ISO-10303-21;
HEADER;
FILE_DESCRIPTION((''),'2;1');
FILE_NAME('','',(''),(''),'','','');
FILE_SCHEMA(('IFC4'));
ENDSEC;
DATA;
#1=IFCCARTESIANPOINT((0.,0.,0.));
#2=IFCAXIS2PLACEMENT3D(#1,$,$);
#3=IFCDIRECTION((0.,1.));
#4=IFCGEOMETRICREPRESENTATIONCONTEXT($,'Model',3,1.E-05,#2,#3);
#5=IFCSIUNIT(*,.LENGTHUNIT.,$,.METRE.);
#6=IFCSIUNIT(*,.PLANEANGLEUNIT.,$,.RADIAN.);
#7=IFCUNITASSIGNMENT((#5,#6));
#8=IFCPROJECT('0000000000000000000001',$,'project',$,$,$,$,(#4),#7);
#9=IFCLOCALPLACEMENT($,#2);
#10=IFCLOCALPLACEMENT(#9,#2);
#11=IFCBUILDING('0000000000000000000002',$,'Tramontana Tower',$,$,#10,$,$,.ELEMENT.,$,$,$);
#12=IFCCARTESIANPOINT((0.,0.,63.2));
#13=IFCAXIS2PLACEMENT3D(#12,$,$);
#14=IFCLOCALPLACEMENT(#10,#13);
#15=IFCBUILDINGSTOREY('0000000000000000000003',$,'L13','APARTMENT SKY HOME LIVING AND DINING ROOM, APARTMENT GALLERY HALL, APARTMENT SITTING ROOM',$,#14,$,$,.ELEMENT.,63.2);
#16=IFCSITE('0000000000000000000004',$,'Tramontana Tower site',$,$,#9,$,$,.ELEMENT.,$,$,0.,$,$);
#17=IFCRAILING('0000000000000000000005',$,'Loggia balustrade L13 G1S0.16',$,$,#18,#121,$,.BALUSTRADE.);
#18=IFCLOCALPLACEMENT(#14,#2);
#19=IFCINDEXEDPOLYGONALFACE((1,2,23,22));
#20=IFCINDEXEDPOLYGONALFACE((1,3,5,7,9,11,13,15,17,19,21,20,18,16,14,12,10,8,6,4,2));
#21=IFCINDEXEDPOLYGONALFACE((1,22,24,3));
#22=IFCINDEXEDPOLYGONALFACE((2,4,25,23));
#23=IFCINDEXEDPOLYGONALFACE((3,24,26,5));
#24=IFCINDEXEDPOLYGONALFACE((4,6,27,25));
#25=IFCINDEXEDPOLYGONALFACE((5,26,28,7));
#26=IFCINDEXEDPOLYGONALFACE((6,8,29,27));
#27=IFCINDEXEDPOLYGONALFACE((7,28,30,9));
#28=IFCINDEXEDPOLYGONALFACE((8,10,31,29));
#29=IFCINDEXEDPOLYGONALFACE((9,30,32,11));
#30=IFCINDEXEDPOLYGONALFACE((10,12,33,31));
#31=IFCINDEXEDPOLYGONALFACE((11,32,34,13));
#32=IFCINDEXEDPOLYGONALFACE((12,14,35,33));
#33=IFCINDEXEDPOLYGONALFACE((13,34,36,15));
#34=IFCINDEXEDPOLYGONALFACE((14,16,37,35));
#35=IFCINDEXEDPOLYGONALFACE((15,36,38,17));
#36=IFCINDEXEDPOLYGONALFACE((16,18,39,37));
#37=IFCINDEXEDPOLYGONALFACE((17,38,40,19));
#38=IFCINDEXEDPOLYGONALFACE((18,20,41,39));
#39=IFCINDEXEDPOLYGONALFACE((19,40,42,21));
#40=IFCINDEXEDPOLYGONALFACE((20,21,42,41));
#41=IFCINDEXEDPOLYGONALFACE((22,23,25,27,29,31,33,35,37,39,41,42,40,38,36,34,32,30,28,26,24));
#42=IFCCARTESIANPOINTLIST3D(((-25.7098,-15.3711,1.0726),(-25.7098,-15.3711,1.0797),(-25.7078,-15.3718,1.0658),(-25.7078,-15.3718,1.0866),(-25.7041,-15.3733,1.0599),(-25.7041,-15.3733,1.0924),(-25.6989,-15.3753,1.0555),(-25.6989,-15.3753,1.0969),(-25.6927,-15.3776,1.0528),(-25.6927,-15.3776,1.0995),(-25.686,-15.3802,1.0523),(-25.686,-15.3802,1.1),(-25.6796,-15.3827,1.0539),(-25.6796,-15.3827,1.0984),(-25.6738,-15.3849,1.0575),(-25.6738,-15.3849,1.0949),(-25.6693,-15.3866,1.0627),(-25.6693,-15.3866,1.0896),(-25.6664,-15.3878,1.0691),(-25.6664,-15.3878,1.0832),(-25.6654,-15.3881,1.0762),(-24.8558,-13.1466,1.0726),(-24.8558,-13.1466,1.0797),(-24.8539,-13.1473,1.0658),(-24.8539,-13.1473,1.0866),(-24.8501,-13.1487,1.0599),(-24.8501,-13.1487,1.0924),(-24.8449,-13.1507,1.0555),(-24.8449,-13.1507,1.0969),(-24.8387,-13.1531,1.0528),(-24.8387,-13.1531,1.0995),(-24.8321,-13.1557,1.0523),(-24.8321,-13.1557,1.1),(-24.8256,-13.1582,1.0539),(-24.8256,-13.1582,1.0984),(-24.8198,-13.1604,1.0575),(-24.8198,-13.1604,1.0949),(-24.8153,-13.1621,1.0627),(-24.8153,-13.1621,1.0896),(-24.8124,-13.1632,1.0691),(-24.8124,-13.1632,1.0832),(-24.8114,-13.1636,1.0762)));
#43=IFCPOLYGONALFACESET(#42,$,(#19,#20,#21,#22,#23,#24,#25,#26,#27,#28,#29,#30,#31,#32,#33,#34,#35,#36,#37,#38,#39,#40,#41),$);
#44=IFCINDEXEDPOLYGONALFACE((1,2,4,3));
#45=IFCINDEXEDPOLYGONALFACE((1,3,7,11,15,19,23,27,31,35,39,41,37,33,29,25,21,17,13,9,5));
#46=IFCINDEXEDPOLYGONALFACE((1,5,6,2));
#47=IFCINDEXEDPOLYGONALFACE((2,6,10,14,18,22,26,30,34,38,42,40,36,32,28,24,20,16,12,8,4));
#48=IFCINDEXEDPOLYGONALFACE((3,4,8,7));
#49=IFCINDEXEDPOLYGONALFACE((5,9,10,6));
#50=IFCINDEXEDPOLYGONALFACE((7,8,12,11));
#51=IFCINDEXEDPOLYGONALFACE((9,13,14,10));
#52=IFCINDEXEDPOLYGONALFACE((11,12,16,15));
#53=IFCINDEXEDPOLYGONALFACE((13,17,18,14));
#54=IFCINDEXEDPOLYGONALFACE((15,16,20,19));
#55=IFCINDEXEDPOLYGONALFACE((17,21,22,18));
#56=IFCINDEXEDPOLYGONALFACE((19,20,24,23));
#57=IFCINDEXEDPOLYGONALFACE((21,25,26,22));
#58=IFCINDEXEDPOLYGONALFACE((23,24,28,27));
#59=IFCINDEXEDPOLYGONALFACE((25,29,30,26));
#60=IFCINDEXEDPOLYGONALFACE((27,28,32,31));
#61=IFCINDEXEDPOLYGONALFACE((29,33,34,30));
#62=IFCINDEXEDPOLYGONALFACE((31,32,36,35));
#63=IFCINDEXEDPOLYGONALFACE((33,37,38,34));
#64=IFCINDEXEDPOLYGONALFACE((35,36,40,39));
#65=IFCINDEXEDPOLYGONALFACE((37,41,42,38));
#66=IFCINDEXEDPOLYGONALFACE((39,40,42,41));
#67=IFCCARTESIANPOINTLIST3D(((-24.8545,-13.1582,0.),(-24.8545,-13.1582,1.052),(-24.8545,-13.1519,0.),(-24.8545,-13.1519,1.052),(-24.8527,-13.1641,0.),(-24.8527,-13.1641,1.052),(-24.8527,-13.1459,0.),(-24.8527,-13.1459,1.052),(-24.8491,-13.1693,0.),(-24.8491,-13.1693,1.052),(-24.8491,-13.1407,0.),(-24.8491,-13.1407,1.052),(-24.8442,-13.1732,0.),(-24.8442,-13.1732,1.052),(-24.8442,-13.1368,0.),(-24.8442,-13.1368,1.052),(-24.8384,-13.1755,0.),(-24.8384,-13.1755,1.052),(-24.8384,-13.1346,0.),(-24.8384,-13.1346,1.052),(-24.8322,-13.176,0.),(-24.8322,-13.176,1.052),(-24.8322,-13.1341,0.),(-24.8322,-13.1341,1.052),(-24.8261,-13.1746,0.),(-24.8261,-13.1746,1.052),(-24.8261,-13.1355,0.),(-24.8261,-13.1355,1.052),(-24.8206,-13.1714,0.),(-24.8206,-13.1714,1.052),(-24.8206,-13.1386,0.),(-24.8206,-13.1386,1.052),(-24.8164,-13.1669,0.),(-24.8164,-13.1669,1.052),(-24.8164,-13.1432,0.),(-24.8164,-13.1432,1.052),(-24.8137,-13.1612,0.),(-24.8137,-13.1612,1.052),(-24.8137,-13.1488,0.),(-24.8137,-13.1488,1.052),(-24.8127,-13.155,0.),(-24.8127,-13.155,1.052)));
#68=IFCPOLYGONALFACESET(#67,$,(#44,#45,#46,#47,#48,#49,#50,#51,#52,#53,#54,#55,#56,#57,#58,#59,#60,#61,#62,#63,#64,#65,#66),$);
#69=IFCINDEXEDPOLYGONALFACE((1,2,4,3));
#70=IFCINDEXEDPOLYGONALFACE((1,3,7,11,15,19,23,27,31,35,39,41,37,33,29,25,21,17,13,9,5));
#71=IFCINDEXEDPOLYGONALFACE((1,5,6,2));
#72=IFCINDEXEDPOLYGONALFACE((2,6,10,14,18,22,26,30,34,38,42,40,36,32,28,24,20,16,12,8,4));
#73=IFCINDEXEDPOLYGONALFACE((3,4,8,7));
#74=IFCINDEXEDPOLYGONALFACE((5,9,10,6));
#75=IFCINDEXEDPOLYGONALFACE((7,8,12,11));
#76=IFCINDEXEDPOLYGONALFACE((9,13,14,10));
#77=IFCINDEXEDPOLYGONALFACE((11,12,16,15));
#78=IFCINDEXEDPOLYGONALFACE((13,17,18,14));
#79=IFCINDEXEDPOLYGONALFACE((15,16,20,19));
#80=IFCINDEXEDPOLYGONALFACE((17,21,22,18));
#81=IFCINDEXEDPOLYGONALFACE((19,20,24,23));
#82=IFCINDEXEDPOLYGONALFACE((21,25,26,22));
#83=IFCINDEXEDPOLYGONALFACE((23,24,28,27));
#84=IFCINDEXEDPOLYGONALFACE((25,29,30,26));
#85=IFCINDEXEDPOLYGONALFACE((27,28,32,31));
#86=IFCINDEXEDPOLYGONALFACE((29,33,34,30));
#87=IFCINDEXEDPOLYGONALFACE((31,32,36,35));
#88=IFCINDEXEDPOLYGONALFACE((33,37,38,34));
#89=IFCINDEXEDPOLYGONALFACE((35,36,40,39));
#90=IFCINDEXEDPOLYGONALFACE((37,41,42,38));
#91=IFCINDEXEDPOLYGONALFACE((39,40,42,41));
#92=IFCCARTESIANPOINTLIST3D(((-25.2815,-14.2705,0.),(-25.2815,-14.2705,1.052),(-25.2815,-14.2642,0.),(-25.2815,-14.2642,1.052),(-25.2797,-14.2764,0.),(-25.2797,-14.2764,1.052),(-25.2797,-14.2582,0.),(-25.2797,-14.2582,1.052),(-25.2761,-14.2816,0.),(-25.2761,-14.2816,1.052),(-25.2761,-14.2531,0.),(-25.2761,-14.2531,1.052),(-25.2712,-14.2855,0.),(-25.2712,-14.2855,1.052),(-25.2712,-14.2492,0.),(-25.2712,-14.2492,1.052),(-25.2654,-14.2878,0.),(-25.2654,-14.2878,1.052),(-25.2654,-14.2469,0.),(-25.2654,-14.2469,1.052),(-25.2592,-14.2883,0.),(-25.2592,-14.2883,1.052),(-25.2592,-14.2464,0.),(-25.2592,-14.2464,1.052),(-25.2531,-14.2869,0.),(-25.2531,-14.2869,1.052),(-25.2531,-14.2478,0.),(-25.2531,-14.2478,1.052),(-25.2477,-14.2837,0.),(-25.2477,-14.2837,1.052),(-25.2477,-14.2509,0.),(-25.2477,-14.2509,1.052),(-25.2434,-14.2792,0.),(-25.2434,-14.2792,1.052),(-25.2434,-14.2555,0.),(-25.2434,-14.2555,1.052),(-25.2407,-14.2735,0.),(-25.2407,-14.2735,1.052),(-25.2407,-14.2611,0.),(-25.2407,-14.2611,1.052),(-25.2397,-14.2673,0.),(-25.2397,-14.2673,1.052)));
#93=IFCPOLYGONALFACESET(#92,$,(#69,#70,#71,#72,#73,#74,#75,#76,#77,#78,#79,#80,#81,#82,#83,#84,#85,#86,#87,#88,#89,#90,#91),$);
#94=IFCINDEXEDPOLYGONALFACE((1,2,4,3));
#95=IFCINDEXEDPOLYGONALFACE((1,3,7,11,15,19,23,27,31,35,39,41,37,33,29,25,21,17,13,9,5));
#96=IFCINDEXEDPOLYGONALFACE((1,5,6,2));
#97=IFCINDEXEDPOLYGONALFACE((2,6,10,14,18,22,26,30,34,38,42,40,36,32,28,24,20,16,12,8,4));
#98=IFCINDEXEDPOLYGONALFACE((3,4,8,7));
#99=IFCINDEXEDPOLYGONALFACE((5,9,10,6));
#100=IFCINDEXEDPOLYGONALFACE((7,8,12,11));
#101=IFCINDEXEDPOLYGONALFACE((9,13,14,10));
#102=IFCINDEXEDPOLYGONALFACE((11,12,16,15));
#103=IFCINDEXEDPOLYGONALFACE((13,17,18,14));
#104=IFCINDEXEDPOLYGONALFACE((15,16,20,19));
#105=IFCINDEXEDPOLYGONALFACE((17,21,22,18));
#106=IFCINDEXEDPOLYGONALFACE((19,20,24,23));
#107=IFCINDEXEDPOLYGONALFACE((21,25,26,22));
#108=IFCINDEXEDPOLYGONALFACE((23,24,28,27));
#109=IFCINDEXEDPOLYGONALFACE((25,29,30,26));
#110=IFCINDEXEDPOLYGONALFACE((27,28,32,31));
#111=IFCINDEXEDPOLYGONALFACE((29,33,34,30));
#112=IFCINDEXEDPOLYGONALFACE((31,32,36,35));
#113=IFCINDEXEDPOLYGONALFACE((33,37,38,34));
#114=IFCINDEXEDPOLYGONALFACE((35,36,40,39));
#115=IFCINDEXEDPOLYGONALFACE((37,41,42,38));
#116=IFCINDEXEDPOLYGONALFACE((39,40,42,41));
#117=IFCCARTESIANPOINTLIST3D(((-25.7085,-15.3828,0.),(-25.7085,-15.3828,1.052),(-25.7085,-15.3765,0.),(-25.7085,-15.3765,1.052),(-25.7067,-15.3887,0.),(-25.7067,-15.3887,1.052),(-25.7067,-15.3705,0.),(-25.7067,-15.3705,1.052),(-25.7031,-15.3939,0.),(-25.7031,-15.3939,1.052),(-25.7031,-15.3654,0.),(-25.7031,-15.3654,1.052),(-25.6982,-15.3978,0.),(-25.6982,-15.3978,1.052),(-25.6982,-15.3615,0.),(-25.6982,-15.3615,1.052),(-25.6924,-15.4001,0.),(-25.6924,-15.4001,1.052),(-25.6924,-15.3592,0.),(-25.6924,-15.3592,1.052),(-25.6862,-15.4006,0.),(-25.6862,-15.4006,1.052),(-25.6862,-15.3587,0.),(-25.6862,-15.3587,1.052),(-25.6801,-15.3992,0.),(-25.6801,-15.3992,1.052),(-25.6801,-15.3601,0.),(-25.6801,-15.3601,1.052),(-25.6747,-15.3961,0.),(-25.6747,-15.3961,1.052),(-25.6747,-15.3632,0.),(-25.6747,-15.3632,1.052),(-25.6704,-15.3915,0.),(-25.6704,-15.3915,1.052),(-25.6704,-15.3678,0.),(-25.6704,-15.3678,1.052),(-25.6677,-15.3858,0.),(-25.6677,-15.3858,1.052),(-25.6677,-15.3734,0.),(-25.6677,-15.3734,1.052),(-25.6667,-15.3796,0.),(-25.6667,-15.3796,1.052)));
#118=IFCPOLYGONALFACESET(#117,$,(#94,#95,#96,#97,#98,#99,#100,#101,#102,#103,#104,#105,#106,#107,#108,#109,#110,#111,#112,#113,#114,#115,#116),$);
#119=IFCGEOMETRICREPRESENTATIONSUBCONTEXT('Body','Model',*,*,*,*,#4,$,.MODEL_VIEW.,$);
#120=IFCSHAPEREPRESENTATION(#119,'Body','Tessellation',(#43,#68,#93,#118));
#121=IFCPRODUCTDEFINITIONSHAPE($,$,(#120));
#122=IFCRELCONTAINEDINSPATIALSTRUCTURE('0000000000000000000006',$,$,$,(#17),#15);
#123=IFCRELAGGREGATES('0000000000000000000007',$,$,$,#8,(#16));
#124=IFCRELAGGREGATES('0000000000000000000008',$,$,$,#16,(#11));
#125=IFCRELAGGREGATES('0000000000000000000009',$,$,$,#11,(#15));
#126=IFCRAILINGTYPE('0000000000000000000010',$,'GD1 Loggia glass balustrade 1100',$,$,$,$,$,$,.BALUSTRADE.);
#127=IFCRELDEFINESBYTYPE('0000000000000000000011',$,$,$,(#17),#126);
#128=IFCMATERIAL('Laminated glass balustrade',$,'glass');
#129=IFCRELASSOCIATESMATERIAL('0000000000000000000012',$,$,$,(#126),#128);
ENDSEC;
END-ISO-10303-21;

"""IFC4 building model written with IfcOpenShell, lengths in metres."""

from ifc_helpers import new_model, si_unit, direction, frame, origin, origin_2d, place, context, subcontext, project, spatial, circle, extrude, material, type_object, element, save


model = new_model("IFC4")

# Units and contexts
model_context = context("Model", 3, precision=1e-05, world=origin(), true_north=direction((0.0, 1.0)))
body_context = subcontext(model_context, "Body", "Model", "MODEL_VIEW")
ifc_project = project(units=[si_unit("LENGTHUNIT", "METRE"), si_unit("PLANEANGLEUNIT", "RADIAN")], contexts=[model_context])

# Site, building, storey
site_placement = place(None, origin())
site = spatial("IfcSite", under=ifc_project, at=site_placement, Name="Tramontana Tower site", CompositionType="ELEMENT", RefElevation=0.0)
building_placement = place(site_placement, origin())
building = spatial("IfcBuilding", under=site, at=building_placement, Name="Tramontana Tower", CompositionType="ELEMENT")
storey_placement = place(building_placement, frame((0.0, 0.0, 63.2)))
storey = spatial("IfcBuildingStorey", under=building, at=storey_placement, Name="L13", Description="APARTMENT SKY HOME LIVING AND DINING ROOM, APARTMENT GALLERY HALL, APARTMENT SITTING ROOM", CompositionType="ELEMENT", Elevation=63.2)

# Railing
ifc_material_1 = material(Name="Laminated glass balustrade", Category="glass")
railing_type = type_object("IfcRailingType", Name="GD1 Loggia glass balustrade 1100", PredefinedType="BALUSTRADE", material=ifc_material_1)
railing_1_placement = place(storey_placement, frame((-24.8337, -13.155, 0.0)))
element("IfcRailing", 1, at=railing_1_placement, inside=storey, type_object=railing_type, Name="Loggia balustrade L13 G1S0.16", PredefinedType="BALUSTRADE", context=body_context, shape_type="SweptSolid", body=[
    extrude(circle(Radius=0.0239, at=origin_2d()), frame((0.0, 0.0, 1.0762), z_axis=(-0.358389, -0.933573, 0.0), x_axis=(0.933573, -0.358389, 0.0)), (0.0, 0.0, 1.0), 2.3828),
    extrude(circle(Radius=0.021, at=origin_2d()), origin(), (0.0, 0.0, 1.0), 1.052),
    extrude(circle(Radius=0.021, at=origin_2d()), frame((-0.427, -1.1123, 0.0)), (0.0, 0.0, 1.0), 1.052),
    extrude(circle(Radius=0.021, at=origin_2d()), frame((-0.854, -2.2246, 0.0)), (0.0, 0.0, 1.0), 1.052),
])

save(model, "model.ifc")
